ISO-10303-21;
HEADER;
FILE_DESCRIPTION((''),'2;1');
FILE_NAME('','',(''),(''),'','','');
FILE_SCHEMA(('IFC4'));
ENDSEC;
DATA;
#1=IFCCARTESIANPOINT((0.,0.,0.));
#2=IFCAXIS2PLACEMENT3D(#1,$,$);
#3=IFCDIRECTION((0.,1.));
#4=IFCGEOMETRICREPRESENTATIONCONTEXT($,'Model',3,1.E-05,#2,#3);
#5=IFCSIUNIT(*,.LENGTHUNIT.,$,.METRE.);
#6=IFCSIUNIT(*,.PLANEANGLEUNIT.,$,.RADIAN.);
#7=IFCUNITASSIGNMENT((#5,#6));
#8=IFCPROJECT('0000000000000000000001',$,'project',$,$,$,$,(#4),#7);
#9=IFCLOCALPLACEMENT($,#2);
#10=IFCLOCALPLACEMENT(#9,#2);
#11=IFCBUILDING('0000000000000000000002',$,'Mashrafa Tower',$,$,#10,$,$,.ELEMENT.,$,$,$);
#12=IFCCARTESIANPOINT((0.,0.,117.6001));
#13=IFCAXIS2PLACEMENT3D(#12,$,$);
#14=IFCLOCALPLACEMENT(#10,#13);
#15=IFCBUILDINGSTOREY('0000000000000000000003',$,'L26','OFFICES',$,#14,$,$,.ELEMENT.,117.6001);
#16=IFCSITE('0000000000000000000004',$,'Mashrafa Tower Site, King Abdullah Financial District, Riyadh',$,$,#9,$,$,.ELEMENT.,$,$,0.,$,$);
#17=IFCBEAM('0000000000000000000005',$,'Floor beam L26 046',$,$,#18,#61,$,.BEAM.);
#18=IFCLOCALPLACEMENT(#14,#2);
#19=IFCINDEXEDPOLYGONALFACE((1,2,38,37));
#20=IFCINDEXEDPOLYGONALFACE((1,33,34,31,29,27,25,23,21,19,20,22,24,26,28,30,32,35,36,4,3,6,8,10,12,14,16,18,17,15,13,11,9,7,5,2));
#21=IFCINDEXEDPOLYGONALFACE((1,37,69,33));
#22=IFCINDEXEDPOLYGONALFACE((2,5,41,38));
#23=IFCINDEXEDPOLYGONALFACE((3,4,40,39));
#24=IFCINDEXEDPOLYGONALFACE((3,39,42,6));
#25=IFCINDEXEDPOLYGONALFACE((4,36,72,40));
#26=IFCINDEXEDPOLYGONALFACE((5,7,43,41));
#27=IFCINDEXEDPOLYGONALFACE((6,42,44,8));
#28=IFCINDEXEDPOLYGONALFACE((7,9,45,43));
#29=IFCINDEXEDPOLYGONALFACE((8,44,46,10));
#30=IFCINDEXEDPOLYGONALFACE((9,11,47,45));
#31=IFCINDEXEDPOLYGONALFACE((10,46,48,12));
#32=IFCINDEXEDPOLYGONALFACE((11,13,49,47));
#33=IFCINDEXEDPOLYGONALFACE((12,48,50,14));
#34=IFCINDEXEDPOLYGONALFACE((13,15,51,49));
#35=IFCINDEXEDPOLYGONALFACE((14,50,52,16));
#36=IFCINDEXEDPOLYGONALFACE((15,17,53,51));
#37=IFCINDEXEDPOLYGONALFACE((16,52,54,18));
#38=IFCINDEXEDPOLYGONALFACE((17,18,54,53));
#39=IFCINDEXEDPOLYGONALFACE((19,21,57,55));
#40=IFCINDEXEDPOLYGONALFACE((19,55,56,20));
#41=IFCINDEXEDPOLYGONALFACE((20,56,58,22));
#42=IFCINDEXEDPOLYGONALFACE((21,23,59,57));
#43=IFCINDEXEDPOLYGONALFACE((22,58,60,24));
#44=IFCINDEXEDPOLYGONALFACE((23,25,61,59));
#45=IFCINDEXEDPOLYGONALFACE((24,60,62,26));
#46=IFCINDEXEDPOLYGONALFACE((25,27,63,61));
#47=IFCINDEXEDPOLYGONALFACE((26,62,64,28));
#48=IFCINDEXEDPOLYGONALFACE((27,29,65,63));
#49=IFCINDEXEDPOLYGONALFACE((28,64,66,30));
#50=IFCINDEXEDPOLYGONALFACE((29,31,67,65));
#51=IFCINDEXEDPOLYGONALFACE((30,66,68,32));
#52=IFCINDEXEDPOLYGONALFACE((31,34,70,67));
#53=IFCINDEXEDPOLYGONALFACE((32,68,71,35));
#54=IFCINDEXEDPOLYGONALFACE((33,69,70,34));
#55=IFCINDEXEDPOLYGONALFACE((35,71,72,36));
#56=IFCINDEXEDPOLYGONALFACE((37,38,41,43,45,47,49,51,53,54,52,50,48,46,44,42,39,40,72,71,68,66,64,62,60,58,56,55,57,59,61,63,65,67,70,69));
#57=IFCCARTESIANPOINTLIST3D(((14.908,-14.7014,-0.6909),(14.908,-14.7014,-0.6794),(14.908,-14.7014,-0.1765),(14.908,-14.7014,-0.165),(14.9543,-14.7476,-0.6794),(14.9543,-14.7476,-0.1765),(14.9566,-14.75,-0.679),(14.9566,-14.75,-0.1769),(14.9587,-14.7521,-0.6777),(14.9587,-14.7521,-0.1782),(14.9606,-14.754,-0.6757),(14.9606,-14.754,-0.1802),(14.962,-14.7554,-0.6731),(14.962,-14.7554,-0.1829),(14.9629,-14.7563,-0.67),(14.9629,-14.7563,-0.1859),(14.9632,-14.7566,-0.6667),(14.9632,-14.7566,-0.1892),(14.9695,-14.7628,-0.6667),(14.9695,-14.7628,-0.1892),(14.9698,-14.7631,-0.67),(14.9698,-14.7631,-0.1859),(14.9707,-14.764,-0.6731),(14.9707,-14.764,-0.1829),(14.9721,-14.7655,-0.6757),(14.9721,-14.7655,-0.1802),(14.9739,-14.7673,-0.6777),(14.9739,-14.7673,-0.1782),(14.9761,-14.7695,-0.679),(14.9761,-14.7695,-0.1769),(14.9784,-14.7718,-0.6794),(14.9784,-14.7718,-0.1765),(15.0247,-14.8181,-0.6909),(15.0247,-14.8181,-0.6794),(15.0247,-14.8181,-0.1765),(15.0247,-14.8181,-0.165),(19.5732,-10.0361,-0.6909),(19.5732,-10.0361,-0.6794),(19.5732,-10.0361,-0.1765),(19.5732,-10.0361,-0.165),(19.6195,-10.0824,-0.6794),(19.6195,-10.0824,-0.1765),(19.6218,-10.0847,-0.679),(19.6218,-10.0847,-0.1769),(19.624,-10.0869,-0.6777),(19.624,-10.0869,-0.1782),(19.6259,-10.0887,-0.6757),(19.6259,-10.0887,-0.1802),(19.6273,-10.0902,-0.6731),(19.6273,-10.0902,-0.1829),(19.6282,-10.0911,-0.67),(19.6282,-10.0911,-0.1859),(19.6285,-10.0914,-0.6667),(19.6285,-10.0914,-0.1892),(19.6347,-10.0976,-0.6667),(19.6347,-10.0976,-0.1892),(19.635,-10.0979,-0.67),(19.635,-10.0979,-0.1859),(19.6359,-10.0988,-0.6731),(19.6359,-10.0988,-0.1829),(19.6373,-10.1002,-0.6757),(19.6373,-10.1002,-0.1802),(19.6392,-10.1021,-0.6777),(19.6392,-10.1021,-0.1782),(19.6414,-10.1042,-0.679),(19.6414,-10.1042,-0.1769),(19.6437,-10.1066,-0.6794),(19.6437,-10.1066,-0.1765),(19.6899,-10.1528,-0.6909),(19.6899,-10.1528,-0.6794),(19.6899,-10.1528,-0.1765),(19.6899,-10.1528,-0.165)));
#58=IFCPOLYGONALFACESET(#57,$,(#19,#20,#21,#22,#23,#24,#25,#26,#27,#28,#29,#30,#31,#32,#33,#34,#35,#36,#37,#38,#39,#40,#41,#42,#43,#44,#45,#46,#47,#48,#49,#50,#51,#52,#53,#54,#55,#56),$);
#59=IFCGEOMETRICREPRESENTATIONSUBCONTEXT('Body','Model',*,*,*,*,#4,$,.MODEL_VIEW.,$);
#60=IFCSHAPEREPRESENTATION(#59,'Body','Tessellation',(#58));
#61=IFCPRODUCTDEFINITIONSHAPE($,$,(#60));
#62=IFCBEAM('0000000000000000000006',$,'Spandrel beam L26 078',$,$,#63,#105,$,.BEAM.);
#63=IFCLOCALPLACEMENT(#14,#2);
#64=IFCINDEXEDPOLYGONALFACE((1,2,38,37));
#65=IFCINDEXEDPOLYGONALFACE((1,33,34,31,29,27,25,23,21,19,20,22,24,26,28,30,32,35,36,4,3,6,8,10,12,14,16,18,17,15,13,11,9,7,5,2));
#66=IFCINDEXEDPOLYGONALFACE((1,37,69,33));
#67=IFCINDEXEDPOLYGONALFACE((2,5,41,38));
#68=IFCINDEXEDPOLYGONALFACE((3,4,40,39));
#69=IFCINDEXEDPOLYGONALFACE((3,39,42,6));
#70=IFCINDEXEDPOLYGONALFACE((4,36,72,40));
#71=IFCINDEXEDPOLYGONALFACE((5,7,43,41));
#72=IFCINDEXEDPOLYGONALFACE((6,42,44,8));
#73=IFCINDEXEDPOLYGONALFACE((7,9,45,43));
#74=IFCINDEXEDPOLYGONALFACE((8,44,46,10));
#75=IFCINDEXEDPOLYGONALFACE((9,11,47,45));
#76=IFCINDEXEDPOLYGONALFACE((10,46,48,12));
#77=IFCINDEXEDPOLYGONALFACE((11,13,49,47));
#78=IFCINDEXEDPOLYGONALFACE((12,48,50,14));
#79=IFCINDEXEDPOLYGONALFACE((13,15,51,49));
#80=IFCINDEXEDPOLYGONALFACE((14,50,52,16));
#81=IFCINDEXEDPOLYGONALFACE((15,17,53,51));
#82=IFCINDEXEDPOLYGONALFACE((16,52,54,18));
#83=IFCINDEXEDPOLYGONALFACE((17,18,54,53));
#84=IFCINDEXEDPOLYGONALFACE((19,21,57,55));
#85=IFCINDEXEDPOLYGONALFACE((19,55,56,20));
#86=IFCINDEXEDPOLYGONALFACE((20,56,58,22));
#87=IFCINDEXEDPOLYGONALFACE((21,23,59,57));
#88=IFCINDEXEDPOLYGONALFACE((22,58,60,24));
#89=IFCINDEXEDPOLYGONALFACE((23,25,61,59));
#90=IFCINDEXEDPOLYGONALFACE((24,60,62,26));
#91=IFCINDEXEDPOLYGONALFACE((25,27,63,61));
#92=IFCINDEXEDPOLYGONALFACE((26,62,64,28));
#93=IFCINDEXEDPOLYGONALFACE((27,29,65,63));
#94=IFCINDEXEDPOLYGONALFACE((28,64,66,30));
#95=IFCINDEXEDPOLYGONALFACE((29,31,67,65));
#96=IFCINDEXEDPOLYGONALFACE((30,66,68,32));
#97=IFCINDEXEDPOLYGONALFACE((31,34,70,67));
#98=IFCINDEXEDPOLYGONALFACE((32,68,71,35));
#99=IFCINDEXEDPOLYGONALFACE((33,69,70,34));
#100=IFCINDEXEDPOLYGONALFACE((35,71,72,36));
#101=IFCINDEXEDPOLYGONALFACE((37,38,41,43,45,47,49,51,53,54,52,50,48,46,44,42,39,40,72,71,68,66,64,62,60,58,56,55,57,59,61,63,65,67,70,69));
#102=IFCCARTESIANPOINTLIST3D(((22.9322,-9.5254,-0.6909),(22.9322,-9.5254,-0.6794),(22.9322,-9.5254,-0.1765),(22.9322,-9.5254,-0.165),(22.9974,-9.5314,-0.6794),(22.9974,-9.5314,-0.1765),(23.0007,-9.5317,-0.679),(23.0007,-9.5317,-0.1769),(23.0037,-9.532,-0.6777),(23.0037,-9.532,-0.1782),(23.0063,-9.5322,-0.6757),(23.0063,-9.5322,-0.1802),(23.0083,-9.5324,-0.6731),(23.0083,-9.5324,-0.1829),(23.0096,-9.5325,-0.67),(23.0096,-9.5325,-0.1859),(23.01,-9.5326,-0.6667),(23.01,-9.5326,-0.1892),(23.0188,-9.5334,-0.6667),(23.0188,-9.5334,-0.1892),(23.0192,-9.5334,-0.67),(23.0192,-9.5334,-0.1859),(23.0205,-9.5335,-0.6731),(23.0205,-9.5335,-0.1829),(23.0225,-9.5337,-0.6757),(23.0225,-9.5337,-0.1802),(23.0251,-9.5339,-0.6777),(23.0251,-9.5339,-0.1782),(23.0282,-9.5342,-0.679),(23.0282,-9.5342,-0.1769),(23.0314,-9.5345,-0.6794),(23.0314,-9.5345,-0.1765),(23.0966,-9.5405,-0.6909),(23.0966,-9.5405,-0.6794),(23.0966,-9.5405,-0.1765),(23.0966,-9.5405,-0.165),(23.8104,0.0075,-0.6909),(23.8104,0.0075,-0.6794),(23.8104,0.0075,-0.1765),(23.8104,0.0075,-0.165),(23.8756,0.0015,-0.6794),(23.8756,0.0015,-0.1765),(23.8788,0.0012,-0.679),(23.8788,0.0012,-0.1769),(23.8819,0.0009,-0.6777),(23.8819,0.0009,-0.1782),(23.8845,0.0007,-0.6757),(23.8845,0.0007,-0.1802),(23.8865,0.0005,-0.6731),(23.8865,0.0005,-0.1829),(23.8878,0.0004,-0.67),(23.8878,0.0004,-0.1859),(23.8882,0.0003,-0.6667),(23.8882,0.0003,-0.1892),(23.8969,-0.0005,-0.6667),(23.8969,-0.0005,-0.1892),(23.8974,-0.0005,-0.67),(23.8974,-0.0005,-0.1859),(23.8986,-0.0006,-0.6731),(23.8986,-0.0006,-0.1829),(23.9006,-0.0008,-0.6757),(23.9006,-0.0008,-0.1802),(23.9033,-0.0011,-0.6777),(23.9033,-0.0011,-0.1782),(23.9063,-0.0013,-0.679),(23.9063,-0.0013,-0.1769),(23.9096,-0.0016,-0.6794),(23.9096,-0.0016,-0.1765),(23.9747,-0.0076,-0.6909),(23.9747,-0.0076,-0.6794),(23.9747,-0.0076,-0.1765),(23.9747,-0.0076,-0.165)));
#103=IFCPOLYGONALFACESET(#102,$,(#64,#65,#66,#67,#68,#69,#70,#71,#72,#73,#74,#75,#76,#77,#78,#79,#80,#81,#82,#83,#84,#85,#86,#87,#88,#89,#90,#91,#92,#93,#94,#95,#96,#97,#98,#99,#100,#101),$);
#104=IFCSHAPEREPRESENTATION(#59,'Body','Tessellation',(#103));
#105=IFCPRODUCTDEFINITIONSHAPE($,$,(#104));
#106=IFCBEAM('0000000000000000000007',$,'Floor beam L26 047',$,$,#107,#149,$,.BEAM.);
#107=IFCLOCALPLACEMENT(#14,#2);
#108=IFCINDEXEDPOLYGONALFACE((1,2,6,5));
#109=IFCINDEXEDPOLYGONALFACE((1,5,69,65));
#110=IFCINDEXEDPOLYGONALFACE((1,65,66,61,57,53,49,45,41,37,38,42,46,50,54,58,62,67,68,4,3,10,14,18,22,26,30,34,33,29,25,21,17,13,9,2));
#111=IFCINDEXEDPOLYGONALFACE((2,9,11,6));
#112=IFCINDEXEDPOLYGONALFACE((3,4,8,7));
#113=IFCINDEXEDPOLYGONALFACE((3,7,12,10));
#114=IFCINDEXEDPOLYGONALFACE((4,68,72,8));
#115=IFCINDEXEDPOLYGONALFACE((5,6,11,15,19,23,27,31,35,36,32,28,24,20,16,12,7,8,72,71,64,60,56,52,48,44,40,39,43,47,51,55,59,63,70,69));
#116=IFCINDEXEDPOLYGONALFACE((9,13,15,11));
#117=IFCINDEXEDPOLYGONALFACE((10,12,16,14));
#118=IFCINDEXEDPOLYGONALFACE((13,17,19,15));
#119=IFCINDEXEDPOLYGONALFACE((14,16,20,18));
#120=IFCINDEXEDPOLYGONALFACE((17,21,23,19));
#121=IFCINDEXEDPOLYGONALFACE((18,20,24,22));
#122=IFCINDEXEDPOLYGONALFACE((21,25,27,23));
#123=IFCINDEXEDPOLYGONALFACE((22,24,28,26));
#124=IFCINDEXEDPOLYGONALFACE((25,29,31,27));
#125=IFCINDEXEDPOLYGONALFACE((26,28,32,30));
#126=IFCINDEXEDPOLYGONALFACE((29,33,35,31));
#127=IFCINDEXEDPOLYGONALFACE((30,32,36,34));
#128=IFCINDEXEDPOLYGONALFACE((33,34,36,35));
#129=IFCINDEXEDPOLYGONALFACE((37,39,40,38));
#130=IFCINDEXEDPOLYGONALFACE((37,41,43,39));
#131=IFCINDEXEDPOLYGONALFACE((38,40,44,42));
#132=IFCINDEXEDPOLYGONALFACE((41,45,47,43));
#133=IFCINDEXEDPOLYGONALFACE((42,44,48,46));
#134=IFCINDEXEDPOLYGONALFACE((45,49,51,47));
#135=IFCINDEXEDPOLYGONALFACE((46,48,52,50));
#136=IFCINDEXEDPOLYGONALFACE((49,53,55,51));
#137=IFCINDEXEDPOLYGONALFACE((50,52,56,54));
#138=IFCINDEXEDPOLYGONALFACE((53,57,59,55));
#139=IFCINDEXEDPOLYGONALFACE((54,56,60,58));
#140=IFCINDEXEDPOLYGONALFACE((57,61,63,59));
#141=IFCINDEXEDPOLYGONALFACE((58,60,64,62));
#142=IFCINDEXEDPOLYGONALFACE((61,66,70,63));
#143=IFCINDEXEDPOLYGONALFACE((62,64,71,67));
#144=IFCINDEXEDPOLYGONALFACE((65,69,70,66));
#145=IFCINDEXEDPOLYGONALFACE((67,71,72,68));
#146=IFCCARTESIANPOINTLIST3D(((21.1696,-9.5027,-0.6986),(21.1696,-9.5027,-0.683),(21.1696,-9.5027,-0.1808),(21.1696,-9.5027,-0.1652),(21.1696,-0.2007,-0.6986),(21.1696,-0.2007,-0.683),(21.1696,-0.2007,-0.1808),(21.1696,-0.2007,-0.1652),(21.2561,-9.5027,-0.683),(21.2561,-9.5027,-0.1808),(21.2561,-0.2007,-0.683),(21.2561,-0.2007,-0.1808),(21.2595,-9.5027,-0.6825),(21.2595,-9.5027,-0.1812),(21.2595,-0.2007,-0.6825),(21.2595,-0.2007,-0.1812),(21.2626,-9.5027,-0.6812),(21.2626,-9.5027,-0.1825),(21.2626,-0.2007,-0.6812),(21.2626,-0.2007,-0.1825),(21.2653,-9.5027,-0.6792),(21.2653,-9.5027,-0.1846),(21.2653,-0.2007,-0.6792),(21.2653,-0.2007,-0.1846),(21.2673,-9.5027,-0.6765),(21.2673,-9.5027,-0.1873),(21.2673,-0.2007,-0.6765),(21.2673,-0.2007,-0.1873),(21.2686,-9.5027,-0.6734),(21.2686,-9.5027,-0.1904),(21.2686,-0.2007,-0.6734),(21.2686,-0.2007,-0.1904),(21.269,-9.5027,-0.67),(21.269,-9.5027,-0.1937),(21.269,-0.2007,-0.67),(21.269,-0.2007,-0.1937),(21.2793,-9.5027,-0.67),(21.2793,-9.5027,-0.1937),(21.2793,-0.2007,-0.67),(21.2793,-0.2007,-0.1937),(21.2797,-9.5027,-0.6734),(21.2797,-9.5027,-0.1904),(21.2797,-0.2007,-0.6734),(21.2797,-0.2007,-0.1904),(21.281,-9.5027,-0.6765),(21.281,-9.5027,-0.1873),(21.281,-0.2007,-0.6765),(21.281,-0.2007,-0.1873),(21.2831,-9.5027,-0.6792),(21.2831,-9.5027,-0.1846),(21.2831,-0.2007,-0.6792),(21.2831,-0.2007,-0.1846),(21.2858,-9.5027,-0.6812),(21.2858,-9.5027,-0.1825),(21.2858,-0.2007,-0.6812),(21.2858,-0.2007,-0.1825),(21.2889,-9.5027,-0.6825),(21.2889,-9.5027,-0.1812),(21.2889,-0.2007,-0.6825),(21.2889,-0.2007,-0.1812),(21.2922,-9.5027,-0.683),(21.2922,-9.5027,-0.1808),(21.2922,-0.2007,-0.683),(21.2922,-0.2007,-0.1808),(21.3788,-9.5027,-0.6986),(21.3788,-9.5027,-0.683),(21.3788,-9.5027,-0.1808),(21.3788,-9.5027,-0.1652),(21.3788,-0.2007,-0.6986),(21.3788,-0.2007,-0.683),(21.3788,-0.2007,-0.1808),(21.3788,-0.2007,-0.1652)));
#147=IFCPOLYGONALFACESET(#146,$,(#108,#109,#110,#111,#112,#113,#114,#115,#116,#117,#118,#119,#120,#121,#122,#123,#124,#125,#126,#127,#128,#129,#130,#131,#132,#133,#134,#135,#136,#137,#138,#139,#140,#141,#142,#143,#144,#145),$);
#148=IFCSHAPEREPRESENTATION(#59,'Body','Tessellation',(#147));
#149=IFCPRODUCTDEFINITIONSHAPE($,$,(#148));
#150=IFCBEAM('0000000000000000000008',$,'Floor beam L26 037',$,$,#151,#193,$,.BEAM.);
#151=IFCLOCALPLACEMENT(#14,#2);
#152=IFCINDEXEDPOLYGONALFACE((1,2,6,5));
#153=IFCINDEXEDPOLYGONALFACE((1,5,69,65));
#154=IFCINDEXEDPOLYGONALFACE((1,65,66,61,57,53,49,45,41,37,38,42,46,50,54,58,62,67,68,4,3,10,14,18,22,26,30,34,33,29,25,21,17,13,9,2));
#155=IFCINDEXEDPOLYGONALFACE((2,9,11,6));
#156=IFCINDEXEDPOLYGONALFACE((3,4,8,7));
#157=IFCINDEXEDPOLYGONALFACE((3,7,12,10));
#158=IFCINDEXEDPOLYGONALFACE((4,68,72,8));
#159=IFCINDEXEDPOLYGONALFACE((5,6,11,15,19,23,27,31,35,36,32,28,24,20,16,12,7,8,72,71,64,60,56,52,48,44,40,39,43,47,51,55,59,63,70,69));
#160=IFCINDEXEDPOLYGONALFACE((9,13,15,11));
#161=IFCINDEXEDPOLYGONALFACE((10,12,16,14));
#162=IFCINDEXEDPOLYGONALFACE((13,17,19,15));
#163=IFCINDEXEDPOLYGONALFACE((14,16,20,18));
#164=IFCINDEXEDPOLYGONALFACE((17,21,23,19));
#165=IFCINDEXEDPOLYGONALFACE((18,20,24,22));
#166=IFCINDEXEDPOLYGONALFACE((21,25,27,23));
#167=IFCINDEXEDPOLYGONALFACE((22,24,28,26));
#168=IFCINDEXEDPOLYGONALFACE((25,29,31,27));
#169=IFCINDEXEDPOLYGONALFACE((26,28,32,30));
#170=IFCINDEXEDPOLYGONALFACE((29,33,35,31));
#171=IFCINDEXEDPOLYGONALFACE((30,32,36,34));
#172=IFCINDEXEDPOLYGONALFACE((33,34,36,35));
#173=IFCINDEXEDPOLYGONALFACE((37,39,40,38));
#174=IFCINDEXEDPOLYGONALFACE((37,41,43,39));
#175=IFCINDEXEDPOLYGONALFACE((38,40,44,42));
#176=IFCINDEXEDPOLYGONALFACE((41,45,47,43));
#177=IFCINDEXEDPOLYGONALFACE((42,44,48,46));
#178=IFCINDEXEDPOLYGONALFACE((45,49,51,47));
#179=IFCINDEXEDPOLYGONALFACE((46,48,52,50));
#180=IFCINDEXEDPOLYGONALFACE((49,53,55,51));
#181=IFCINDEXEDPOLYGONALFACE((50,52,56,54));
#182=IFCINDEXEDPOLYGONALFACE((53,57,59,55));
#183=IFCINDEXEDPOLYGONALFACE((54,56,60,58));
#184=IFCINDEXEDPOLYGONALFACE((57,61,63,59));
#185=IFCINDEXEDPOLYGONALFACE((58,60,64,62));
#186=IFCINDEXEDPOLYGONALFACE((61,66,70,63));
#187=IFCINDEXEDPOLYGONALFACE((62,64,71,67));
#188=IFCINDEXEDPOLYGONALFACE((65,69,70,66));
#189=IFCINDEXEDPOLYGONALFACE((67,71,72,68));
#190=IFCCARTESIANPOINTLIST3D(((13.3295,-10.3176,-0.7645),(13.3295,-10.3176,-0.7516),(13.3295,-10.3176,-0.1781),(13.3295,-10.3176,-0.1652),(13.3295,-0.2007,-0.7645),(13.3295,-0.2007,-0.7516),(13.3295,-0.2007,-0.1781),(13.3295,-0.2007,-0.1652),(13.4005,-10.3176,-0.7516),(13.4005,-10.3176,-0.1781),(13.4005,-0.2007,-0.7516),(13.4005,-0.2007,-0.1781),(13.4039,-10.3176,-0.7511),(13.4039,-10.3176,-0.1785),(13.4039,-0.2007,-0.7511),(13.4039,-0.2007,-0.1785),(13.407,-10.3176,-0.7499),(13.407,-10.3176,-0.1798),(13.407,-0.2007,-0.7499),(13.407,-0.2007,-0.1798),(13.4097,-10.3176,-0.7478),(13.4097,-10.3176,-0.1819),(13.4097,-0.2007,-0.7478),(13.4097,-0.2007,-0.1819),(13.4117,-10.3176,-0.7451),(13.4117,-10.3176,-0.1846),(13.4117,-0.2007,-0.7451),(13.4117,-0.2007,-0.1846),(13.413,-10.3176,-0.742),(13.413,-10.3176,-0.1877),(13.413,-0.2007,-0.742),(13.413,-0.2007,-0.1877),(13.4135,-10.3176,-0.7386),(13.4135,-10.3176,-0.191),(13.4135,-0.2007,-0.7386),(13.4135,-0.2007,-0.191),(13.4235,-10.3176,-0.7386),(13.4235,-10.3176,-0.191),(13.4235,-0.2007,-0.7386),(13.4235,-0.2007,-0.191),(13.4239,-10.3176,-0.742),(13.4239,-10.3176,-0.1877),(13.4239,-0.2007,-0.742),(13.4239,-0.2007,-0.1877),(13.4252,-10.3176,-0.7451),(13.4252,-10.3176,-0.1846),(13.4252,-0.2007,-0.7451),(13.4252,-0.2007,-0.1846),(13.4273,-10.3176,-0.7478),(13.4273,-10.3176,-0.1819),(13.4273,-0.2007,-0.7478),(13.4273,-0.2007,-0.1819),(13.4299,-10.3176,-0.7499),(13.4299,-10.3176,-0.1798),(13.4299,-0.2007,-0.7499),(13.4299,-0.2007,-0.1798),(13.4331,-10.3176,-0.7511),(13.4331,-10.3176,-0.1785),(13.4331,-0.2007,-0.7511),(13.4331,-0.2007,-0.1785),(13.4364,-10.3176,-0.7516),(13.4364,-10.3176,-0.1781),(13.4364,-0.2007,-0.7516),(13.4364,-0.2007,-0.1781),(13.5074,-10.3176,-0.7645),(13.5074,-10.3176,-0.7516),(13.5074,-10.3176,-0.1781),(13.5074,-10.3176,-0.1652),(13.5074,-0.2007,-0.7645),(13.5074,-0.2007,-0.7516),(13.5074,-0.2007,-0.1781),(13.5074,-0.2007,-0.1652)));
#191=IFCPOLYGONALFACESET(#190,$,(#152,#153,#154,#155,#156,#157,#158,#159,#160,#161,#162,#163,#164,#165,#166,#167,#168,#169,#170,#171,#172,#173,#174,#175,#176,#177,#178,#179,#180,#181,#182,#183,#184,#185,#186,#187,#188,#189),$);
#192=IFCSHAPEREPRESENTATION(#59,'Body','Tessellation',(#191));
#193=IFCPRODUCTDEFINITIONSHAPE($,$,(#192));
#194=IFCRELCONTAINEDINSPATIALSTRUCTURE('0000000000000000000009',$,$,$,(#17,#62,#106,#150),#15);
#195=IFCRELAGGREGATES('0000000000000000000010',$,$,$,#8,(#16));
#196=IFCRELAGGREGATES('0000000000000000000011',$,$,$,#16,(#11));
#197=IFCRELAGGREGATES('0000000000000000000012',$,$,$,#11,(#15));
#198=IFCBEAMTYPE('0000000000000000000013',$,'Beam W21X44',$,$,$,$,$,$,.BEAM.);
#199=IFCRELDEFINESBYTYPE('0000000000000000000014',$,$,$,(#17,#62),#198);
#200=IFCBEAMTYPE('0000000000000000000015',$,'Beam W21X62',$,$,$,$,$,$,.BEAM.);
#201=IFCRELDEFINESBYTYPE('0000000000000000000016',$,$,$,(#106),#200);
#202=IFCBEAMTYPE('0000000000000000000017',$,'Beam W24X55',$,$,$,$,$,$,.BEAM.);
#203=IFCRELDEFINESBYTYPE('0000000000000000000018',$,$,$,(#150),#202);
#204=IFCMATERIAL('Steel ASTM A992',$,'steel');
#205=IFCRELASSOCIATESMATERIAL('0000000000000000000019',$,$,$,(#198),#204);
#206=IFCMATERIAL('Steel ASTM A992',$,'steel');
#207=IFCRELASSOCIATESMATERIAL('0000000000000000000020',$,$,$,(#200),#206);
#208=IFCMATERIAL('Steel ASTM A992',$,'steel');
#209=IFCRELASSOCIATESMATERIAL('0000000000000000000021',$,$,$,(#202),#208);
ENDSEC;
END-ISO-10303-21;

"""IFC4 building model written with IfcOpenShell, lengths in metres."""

from ifc_helpers import new_model, si_unit, direction, frame, origin, origin_2d, place, context, subcontext, project, spatial, i_section, extrude, material, material_profile, profile_set, type_object, element, save


model = new_model("IFC4")

# Units and contexts
model_context = context("Model", 3, precision=1e-05, world=origin(), true_north=direction((0.0, 1.0)))
body_context = subcontext(model_context, "Body", "Model", "MODEL_VIEW")
ifc_project = project(units=[si_unit("LENGTHUNIT", "METRE"), si_unit("PLANEANGLEUNIT", "RADIAN")], contexts=[model_context])

# Site, building, storey
site_placement = place(None, origin())
site = spatial("IfcSite", under=ifc_project, at=site_placement, Name="Mashrafa Tower Site, King Abdullah Financial District, Riyadh", CompositionType="ELEMENT", RefElevation=0.0)
building_placement = place(site_placement, origin())
building = spatial("IfcBuilding", under=site, at=building_placement, Name="Mashrafa Tower", CompositionType="ELEMENT")
storey_placement = place(building_placement, frame((0.0, 0.0, 117.6001)))
storey = spatial("IfcBuildingStorey", under=building, at=storey_placement, Name="L26", Description="OFFICES", CompositionType="ELEMENT", Elevation=117.6001)

# Beams
ifc_material_1 = material(Name="Steel ASTM A992", Category="steel")
ifc_material_profile_1 = material_profile(ifc_material_1, i_section(OverallWidth=0.165, OverallDepth=0.5259, WebThickness=0.0088, FlangeThickness=0.0115, FilletRadius=0.0127, at=origin_2d()), Name="W21X44")
ifc_profile_set_1 = profile_set([ifc_material_profile_1], Name="Steel ASTM A992")
beam_type_1 = type_object("IfcBeamType", Name="Beam W21X44", PredefinedType="BEAM", material=ifc_profile_set_1)
beam_1_placement = place(storey_placement, frame((19.6316, -10.0945, -0.428), z_axis=(-0.707107, -0.707107, 0.0), x_axis=(0.707107, -0.707107, 0.0)))
element("IfcBeam", 1, at=beam_1_placement, inside=storey, type_object=beam_type_1, Name="Floor beam L26 046", PredefinedType="BEAM", context=body_context, shape_type="SweptSolid", body=[
    extrude(i_section(OverallWidth=0.165, OverallDepth=0.5259, WebThickness=0.0088, FlangeThickness=0.0115, FilletRadius=0.0127, at=origin_2d()), origin(), (0.0, 0.0, 1.0), 6.5977),
])
beam_2_placement = place(storey_placement, frame((23.0144, -9.533, -0.428), z_axis=(0.091731, 0.995784, 0.0), x_axis=(-0.995784, 0.091731, 0.0)))
element("IfcBeam", 2, at=beam_2_placement, inside=storey, type_object=beam_type_1, Name="Spandrel beam L26 078", PredefinedType="BEAM", context=body_context, shape_type="SweptSolid", body=[
    extrude(i_section(OverallWidth=0.165, OverallDepth=0.5259, WebThickness=0.0088, FlangeThickness=0.0115, FilletRadius=0.0127, at=origin_2d()), origin(), (0.0, 0.0, 1.0), 9.5732),
])
ifc_material_2 = material(Name="Steel ASTM A992", Category="steel")
ifc_material_profile_2 = material_profile(ifc_material_2, i_section(OverallWidth=0.2092, OverallDepth=0.5334, WebThickness=0.0103, FlangeThickness=0.0156, FilletRadius=0.0129, at=origin_2d()), Name="W21X62")
ifc_profile_set_2 = profile_set([ifc_material_profile_2], Name="Steel ASTM A992")
beam_type_2 = type_object("IfcBeamType", Name="Beam W21X62", PredefinedType="BEAM", material=ifc_profile_set_2)
beam_3_placement = place(storey_placement, frame((21.2742, -0.2007, -0.4319), z_axis=(0.0, -1.0, 0.0), x_axis=(1.0, 0.0, 0.0)))
element("IfcBeam", 3, at=beam_3_placement, inside=storey, type_object=beam_type_2, Name="Floor beam L26 047", PredefinedType="BEAM", context=body_context, shape_type="SweptSolid", body=[
    extrude(i_section(OverallWidth=0.2092, OverallDepth=0.5334, WebThickness=0.0103, FlangeThickness=0.0156, FilletRadius=0.0129, at=origin_2d()), origin(), (0.0, 0.0, 1.0), 9.302),
])
ifc_material_3 = material(Name="Steel ASTM A992", Category="steel")
ifc_material_profile_3 = material_profile(ifc_material_3, i_section(OverallWidth=0.178, OverallDepth=0.5994, WebThickness=0.01, FlangeThickness=0.0129, FilletRadius=0.0129, at=origin_2d()), Name="W24X55")
ifc_profile_set_3 = profile_set([ifc_material_profile_3], Name="Steel ASTM A992")
beam_type_3 = type_object("IfcBeamType", Name="Beam W24X55", PredefinedType="BEAM", material=ifc_profile_set_3)
beam_4_placement = place(storey_placement, frame((13.4185, -0.2007, -0.4648), z_axis=(0.0, -1.0, 0.0), x_axis=(1.0, 0.0, 0.0)))
element("IfcBeam", 4, at=beam_4_placement, inside=storey, type_object=beam_type_3, Name="Floor beam L26 037", PredefinedType="BEAM", context=body_context, shape_type="SweptSolid", body=[
    extrude(i_section(OverallWidth=0.178, OverallDepth=0.5994, WebThickness=0.01, FlangeThickness=0.0129, FilletRadius=0.0129, at=origin_2d()), origin(), (0.0, 0.0, 1.0), 10.1169),
])

save(model, "model.ifc")
